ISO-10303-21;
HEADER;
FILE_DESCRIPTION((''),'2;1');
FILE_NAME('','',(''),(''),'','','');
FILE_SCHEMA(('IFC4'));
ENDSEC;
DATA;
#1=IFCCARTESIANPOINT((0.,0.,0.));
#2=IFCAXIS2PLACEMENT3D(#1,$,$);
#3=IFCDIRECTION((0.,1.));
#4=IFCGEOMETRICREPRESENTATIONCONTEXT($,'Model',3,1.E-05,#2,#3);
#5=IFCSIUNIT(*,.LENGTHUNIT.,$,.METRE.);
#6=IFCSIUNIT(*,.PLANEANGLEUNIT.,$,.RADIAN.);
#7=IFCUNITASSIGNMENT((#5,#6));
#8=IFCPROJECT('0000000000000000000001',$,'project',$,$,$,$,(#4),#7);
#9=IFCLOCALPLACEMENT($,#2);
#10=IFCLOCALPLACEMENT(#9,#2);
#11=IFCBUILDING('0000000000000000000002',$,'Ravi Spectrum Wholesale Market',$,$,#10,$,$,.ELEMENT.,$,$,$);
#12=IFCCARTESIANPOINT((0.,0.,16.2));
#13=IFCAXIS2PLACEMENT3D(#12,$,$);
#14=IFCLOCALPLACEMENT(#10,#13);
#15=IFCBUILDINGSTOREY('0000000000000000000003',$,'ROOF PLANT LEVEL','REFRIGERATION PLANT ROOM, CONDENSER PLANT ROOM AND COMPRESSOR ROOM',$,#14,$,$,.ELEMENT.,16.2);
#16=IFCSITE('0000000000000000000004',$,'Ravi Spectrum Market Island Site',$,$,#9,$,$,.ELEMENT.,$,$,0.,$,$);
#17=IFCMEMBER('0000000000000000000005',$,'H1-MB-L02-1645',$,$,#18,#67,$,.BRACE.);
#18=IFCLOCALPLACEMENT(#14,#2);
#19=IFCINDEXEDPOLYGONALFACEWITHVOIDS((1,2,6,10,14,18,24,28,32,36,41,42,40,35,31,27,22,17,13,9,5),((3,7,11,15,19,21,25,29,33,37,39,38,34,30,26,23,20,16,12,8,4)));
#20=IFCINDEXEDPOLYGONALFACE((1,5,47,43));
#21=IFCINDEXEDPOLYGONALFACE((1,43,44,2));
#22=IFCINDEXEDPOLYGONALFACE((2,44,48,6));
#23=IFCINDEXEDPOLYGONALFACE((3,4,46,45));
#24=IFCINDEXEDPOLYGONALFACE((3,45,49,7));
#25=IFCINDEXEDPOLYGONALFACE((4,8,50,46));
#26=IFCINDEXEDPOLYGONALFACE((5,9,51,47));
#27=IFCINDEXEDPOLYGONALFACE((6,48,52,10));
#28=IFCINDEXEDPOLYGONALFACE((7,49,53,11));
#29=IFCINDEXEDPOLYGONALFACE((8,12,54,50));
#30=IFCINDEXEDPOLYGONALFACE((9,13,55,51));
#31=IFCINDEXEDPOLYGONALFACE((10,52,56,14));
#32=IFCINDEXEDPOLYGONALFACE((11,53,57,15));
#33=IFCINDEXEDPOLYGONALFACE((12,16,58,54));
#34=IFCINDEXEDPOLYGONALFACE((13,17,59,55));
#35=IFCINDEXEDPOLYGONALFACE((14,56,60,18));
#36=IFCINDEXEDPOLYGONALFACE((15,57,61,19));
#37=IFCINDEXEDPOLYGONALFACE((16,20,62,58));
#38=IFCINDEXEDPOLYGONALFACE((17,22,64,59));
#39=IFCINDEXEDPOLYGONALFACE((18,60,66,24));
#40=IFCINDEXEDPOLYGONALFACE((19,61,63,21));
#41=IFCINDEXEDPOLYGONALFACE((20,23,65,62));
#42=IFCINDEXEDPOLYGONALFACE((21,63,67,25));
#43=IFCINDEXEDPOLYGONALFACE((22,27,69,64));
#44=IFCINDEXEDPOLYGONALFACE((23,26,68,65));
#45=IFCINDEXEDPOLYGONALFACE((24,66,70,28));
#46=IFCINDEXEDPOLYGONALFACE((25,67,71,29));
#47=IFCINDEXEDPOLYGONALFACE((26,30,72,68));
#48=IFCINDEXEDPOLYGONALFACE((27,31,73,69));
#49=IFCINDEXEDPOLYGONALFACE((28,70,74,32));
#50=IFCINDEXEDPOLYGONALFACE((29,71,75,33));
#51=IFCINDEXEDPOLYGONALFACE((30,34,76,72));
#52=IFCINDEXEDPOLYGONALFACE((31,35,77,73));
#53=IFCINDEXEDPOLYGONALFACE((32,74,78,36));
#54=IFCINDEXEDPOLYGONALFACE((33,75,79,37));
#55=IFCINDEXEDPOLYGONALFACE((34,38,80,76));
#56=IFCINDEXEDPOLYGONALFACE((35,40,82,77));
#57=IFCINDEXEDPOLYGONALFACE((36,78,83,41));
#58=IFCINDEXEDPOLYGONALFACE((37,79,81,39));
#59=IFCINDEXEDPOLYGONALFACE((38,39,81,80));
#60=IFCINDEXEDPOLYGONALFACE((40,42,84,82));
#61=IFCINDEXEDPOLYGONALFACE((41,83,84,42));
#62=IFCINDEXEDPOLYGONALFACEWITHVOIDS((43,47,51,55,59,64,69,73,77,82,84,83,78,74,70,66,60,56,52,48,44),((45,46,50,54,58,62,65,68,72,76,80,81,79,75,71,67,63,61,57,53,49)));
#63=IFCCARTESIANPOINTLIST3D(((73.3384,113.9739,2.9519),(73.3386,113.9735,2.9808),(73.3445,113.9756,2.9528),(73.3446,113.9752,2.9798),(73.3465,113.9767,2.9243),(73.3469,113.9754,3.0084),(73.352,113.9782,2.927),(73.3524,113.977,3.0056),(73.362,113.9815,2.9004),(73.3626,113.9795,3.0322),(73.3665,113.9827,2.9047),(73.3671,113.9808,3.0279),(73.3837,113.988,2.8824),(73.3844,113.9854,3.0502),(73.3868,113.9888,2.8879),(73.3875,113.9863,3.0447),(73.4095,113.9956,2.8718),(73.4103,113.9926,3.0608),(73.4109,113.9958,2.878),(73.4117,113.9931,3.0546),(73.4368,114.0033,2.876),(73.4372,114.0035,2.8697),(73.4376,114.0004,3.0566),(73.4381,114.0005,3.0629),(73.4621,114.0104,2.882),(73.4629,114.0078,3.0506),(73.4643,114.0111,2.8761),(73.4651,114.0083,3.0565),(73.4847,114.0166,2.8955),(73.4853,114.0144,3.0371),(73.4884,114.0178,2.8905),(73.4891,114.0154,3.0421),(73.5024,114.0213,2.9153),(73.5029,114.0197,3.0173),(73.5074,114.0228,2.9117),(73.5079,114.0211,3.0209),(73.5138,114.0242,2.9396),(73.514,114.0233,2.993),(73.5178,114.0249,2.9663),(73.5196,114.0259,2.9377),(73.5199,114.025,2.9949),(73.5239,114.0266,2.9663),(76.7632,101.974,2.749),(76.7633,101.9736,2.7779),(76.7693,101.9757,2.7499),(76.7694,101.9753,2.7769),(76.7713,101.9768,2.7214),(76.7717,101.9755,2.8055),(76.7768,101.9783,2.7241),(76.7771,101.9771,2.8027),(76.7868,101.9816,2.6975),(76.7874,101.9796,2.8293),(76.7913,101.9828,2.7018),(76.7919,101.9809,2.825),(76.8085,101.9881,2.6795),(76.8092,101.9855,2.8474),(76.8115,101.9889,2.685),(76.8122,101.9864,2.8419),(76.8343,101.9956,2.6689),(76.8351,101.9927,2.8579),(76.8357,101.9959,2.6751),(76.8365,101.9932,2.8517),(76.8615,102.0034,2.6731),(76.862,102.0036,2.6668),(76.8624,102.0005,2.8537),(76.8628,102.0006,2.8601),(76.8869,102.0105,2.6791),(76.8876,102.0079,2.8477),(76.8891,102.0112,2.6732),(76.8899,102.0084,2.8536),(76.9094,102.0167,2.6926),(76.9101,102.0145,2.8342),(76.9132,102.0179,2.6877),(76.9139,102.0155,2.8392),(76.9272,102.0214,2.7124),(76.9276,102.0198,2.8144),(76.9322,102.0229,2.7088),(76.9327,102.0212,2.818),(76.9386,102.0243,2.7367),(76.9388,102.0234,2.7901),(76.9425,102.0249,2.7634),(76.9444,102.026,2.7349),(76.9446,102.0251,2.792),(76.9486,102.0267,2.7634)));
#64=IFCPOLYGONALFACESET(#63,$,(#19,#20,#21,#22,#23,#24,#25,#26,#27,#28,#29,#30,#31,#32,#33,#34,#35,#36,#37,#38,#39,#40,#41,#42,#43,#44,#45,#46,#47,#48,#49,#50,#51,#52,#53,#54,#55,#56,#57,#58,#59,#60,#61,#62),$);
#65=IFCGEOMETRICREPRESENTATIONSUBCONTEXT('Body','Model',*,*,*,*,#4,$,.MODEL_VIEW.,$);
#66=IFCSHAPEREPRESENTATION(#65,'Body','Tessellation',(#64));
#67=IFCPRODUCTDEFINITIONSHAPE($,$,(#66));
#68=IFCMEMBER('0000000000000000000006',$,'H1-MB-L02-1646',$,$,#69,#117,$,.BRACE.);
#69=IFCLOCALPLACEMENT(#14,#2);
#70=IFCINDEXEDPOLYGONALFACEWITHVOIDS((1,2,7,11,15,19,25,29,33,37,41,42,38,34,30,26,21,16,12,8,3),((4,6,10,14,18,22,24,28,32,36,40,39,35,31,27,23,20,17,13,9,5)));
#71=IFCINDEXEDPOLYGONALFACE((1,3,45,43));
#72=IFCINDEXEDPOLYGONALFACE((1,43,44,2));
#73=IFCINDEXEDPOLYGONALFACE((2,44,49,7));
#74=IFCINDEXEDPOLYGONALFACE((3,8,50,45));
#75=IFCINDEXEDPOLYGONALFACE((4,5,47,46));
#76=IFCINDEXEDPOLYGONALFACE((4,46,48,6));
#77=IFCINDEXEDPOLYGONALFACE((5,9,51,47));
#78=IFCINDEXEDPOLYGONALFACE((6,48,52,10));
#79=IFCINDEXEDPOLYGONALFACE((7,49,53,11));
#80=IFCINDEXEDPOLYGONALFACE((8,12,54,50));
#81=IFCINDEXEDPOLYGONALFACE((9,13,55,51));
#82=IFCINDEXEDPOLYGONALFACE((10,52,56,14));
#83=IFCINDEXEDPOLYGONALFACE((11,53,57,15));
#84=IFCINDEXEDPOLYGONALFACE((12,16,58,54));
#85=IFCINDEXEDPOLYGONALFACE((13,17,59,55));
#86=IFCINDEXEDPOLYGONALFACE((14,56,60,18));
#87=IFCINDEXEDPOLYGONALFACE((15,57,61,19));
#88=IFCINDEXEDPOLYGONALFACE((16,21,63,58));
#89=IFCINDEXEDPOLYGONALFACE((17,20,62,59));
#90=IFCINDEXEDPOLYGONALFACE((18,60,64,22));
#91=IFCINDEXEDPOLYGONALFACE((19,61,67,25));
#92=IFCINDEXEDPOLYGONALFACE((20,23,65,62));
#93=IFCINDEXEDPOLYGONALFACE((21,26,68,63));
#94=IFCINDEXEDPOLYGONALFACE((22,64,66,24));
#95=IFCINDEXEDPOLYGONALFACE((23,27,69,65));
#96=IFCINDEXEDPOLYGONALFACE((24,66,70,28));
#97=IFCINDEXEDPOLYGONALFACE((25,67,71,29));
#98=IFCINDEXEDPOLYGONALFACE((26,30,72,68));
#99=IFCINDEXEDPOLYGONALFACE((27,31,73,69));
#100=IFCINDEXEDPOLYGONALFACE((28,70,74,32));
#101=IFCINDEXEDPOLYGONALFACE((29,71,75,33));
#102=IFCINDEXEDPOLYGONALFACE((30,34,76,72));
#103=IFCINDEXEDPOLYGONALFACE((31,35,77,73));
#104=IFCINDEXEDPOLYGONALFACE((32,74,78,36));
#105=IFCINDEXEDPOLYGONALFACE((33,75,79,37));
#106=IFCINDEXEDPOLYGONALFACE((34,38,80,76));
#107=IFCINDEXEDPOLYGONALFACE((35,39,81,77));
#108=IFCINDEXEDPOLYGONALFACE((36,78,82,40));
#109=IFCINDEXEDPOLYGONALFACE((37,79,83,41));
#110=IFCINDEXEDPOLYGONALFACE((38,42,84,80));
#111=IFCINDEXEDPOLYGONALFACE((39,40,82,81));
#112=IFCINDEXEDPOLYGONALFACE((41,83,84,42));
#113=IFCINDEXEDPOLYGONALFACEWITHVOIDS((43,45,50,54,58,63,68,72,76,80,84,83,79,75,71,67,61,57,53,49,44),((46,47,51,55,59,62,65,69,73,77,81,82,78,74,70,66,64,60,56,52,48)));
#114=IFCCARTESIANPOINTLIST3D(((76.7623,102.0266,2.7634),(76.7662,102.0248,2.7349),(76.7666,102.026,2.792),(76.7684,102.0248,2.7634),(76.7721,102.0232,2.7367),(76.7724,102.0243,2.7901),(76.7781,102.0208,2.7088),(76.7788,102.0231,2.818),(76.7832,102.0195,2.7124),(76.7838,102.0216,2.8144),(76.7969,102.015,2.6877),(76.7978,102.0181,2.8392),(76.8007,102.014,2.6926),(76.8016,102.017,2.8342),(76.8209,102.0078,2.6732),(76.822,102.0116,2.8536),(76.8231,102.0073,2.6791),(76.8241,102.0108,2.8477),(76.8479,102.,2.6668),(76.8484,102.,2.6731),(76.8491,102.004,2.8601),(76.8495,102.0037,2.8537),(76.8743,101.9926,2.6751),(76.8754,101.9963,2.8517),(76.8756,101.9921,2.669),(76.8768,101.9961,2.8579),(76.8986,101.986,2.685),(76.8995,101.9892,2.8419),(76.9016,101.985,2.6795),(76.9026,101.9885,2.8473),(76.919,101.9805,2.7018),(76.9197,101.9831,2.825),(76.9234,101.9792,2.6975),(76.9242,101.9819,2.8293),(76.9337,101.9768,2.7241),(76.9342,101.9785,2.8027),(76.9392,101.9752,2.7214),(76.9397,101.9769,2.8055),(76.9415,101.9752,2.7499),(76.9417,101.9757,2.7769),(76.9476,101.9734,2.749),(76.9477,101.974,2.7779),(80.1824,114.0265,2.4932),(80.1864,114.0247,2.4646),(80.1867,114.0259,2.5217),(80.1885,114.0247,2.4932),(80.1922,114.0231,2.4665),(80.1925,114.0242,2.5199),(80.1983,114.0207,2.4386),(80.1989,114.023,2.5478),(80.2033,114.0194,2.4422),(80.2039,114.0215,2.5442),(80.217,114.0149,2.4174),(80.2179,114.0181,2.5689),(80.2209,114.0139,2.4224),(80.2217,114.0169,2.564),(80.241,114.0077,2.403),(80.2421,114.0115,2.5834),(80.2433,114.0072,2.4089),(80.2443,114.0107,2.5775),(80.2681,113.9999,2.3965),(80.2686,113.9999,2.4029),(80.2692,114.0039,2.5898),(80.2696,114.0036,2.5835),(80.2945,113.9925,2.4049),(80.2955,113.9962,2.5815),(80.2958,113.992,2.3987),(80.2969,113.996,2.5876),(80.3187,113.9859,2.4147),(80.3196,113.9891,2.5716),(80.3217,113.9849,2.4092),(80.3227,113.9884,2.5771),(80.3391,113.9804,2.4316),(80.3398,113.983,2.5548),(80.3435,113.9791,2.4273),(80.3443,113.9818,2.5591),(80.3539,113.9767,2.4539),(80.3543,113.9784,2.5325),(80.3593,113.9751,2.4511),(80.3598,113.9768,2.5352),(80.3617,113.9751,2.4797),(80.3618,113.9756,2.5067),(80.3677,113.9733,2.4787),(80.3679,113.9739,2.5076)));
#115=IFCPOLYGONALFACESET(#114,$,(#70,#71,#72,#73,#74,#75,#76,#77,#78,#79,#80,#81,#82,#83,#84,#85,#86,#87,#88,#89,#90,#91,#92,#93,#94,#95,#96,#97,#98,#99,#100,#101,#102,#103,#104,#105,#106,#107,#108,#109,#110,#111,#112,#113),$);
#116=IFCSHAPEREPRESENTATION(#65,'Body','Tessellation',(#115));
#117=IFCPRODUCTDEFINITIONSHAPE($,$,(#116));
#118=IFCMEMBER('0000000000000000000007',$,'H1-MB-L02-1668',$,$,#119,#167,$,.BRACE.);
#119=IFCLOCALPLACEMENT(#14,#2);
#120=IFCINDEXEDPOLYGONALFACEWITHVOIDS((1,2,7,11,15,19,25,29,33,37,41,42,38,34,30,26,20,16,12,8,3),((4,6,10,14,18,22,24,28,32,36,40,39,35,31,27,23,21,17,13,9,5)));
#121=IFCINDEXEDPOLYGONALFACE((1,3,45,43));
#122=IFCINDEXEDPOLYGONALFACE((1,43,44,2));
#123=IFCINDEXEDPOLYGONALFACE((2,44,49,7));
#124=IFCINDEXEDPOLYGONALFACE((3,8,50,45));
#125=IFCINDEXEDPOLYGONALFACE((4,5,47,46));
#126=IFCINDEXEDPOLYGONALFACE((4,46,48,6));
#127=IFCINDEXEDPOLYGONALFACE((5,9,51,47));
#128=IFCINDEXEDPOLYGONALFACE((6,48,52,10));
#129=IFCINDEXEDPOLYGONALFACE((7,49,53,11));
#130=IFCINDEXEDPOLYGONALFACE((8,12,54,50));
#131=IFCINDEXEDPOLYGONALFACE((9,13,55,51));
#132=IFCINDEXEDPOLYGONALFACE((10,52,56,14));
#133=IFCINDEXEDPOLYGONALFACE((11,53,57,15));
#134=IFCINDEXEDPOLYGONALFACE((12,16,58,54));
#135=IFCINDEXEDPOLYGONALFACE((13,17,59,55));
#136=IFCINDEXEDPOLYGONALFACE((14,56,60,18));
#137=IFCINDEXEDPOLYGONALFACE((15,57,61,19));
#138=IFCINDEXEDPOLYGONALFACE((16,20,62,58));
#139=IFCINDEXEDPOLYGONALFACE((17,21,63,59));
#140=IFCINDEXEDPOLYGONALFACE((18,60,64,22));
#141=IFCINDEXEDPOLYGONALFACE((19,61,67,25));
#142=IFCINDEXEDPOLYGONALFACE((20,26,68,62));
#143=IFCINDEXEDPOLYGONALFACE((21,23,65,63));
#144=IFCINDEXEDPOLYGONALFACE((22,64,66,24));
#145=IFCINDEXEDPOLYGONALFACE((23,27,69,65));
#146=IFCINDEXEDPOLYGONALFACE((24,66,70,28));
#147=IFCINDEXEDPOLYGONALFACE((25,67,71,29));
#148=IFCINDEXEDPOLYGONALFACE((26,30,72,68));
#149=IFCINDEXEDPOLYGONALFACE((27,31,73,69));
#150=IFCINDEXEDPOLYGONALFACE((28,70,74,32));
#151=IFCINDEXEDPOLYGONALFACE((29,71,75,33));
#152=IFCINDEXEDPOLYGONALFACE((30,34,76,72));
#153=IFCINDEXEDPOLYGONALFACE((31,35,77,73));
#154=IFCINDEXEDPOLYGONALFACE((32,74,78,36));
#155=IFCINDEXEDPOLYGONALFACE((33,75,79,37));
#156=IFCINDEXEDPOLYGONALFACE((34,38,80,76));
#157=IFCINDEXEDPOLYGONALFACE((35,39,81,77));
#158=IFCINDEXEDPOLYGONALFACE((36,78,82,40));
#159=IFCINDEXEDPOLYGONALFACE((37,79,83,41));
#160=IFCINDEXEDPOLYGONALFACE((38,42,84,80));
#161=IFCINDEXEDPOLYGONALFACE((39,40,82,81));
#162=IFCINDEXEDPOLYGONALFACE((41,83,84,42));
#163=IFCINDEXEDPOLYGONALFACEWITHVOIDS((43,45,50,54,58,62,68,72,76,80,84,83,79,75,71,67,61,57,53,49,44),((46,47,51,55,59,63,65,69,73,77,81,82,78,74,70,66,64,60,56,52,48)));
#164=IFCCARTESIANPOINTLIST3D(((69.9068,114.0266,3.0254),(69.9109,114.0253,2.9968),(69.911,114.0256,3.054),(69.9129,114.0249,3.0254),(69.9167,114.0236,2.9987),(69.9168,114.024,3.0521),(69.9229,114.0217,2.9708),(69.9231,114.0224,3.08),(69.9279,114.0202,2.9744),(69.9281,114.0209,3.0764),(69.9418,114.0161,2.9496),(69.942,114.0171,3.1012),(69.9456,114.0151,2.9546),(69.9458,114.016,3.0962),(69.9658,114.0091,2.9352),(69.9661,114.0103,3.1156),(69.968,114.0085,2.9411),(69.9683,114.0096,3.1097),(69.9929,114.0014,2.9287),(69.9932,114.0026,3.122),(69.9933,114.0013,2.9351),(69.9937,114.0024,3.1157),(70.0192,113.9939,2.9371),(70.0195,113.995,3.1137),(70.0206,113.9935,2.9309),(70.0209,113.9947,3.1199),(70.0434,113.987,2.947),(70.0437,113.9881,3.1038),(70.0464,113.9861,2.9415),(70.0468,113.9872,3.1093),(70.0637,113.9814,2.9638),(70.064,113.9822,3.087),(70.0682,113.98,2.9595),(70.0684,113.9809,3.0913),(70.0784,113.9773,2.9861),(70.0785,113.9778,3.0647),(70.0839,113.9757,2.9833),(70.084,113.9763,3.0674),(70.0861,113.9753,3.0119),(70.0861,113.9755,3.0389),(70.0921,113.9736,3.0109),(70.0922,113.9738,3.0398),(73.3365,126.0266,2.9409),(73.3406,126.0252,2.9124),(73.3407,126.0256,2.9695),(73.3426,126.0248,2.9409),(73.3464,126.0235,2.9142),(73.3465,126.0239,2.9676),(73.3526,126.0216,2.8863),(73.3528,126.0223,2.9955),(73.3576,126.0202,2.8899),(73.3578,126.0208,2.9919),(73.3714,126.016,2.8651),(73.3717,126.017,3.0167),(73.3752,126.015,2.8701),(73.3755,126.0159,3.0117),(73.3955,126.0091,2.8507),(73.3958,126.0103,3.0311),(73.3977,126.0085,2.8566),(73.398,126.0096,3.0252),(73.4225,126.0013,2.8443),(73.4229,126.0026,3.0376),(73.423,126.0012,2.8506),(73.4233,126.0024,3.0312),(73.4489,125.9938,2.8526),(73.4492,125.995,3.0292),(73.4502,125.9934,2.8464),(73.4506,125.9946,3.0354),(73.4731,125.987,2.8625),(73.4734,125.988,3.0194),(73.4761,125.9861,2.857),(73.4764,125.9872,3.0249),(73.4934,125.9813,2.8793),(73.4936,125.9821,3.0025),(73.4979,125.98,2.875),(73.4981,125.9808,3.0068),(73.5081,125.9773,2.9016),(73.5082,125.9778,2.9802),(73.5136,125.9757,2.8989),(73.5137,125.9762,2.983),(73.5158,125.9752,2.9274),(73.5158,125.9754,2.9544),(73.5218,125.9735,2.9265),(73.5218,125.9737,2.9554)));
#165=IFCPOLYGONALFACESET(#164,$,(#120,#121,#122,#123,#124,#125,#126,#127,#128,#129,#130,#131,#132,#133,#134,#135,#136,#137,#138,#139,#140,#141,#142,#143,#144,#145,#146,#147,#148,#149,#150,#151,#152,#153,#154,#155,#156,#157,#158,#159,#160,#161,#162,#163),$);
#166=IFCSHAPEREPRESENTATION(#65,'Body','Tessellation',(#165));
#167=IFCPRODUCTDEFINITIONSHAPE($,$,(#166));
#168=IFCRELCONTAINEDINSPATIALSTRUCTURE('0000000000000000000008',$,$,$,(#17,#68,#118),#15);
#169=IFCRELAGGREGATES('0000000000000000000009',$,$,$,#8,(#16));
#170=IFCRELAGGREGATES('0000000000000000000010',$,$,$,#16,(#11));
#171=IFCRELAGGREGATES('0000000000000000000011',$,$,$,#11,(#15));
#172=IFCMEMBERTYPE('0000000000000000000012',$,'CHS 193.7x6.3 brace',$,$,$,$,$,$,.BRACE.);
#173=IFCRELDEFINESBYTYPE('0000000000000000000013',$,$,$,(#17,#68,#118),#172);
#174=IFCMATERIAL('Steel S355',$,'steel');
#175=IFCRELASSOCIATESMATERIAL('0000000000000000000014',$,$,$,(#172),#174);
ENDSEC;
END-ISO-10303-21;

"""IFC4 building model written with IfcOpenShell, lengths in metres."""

from ifc_helpers import new_model, si_unit, direction, frame, origin, origin_2d, place, context, subcontext, project, spatial, hollow_circle, extrude, material, material_profile, profile_set, type_object, element, save


model = new_model("IFC4")

# Units and contexts
model_context = context("Model", 3, precision=1e-05, world=origin(), true_north=direction((0.0, 1.0)))
body_context = subcontext(model_context, "Body", "Model", "MODEL_VIEW")
ifc_project = project(units=[si_unit("LENGTHUNIT", "METRE"), si_unit("PLANEANGLEUNIT", "RADIAN")], contexts=[model_context])

# Site, building, storey
site_placement = place(None, origin())
site = spatial("IfcSite", under=ifc_project, at=site_placement, Name="Ravi Spectrum Market Island Site", CompositionType="ELEMENT", RefElevation=0.0)
building_placement = place(site_placement, origin())
building = spatial("IfcBuilding", under=site, at=building_placement, Name="Ravi Spectrum Wholesale Market", CompositionType="ELEMENT")
storey_placement = place(building_placement, frame((0.0, 0.0, 16.2)))
storey = spatial("IfcBuildingStorey", under=building, at=storey_placement, Name="ROOF PLANT LEVEL", Description="REFRIGERATION PLANT ROOM, CONDENSER PLANT ROOM AND COMPRESSOR ROOM", CompositionType="ELEMENT", Elevation=16.2)

# Members
ifc_material_1 = material(Name="Steel S355", Category="steel")
ifc_material_profile_1 = material_profile(ifc_material_1, hollow_circle(Radius=0.0969, WallThickness=0.0063, at=origin_2d()))
ifc_profile_set_1 = profile_set([ifc_material_profile_1], Name="Steel S355")
member_type_1 = type_object("IfcMemberType", Name="CHS 193.7x6.3 brace", PredefinedType="BRACE", material=ifc_profile_set_1)
for number, where, z_axis, x_axis, name in (
    (1, (73.4307, 114.0, 2.9663), (0.274406, -0.961477, -0.016255), (0.961604, 0.274442, 0.0), "H1-MB-L02-1645"),
    (2, (76.8555, 102.0, 2.7634), (0.274034, 0.961476, -0.021654), (-0.961702, 0.274098, 0.0), "H1-MB-L02-1646"),
    (3, (70.0, 114.0, 3.0254), (0.274798, 0.961478, -0.006768), (-0.9615, 0.274804, 0.0), "H1-MB-L02-1668"),
):
    element("IfcMember", number, at=place(storey_placement, frame(where, z_axis=z_axis, x_axis=x_axis)), inside=storey, type_object=member_type_1, Name=name, PredefinedType="BRACE", context=body_context, shape_type="SweptSolid", body=[
        extrude(hollow_circle(Radius=0.0969, WallThickness=0.0063, at=origin_2d()), origin(), (0.0, 0.0, 1.0), 12.4807),
    ])

save(model, "model.ifc")
